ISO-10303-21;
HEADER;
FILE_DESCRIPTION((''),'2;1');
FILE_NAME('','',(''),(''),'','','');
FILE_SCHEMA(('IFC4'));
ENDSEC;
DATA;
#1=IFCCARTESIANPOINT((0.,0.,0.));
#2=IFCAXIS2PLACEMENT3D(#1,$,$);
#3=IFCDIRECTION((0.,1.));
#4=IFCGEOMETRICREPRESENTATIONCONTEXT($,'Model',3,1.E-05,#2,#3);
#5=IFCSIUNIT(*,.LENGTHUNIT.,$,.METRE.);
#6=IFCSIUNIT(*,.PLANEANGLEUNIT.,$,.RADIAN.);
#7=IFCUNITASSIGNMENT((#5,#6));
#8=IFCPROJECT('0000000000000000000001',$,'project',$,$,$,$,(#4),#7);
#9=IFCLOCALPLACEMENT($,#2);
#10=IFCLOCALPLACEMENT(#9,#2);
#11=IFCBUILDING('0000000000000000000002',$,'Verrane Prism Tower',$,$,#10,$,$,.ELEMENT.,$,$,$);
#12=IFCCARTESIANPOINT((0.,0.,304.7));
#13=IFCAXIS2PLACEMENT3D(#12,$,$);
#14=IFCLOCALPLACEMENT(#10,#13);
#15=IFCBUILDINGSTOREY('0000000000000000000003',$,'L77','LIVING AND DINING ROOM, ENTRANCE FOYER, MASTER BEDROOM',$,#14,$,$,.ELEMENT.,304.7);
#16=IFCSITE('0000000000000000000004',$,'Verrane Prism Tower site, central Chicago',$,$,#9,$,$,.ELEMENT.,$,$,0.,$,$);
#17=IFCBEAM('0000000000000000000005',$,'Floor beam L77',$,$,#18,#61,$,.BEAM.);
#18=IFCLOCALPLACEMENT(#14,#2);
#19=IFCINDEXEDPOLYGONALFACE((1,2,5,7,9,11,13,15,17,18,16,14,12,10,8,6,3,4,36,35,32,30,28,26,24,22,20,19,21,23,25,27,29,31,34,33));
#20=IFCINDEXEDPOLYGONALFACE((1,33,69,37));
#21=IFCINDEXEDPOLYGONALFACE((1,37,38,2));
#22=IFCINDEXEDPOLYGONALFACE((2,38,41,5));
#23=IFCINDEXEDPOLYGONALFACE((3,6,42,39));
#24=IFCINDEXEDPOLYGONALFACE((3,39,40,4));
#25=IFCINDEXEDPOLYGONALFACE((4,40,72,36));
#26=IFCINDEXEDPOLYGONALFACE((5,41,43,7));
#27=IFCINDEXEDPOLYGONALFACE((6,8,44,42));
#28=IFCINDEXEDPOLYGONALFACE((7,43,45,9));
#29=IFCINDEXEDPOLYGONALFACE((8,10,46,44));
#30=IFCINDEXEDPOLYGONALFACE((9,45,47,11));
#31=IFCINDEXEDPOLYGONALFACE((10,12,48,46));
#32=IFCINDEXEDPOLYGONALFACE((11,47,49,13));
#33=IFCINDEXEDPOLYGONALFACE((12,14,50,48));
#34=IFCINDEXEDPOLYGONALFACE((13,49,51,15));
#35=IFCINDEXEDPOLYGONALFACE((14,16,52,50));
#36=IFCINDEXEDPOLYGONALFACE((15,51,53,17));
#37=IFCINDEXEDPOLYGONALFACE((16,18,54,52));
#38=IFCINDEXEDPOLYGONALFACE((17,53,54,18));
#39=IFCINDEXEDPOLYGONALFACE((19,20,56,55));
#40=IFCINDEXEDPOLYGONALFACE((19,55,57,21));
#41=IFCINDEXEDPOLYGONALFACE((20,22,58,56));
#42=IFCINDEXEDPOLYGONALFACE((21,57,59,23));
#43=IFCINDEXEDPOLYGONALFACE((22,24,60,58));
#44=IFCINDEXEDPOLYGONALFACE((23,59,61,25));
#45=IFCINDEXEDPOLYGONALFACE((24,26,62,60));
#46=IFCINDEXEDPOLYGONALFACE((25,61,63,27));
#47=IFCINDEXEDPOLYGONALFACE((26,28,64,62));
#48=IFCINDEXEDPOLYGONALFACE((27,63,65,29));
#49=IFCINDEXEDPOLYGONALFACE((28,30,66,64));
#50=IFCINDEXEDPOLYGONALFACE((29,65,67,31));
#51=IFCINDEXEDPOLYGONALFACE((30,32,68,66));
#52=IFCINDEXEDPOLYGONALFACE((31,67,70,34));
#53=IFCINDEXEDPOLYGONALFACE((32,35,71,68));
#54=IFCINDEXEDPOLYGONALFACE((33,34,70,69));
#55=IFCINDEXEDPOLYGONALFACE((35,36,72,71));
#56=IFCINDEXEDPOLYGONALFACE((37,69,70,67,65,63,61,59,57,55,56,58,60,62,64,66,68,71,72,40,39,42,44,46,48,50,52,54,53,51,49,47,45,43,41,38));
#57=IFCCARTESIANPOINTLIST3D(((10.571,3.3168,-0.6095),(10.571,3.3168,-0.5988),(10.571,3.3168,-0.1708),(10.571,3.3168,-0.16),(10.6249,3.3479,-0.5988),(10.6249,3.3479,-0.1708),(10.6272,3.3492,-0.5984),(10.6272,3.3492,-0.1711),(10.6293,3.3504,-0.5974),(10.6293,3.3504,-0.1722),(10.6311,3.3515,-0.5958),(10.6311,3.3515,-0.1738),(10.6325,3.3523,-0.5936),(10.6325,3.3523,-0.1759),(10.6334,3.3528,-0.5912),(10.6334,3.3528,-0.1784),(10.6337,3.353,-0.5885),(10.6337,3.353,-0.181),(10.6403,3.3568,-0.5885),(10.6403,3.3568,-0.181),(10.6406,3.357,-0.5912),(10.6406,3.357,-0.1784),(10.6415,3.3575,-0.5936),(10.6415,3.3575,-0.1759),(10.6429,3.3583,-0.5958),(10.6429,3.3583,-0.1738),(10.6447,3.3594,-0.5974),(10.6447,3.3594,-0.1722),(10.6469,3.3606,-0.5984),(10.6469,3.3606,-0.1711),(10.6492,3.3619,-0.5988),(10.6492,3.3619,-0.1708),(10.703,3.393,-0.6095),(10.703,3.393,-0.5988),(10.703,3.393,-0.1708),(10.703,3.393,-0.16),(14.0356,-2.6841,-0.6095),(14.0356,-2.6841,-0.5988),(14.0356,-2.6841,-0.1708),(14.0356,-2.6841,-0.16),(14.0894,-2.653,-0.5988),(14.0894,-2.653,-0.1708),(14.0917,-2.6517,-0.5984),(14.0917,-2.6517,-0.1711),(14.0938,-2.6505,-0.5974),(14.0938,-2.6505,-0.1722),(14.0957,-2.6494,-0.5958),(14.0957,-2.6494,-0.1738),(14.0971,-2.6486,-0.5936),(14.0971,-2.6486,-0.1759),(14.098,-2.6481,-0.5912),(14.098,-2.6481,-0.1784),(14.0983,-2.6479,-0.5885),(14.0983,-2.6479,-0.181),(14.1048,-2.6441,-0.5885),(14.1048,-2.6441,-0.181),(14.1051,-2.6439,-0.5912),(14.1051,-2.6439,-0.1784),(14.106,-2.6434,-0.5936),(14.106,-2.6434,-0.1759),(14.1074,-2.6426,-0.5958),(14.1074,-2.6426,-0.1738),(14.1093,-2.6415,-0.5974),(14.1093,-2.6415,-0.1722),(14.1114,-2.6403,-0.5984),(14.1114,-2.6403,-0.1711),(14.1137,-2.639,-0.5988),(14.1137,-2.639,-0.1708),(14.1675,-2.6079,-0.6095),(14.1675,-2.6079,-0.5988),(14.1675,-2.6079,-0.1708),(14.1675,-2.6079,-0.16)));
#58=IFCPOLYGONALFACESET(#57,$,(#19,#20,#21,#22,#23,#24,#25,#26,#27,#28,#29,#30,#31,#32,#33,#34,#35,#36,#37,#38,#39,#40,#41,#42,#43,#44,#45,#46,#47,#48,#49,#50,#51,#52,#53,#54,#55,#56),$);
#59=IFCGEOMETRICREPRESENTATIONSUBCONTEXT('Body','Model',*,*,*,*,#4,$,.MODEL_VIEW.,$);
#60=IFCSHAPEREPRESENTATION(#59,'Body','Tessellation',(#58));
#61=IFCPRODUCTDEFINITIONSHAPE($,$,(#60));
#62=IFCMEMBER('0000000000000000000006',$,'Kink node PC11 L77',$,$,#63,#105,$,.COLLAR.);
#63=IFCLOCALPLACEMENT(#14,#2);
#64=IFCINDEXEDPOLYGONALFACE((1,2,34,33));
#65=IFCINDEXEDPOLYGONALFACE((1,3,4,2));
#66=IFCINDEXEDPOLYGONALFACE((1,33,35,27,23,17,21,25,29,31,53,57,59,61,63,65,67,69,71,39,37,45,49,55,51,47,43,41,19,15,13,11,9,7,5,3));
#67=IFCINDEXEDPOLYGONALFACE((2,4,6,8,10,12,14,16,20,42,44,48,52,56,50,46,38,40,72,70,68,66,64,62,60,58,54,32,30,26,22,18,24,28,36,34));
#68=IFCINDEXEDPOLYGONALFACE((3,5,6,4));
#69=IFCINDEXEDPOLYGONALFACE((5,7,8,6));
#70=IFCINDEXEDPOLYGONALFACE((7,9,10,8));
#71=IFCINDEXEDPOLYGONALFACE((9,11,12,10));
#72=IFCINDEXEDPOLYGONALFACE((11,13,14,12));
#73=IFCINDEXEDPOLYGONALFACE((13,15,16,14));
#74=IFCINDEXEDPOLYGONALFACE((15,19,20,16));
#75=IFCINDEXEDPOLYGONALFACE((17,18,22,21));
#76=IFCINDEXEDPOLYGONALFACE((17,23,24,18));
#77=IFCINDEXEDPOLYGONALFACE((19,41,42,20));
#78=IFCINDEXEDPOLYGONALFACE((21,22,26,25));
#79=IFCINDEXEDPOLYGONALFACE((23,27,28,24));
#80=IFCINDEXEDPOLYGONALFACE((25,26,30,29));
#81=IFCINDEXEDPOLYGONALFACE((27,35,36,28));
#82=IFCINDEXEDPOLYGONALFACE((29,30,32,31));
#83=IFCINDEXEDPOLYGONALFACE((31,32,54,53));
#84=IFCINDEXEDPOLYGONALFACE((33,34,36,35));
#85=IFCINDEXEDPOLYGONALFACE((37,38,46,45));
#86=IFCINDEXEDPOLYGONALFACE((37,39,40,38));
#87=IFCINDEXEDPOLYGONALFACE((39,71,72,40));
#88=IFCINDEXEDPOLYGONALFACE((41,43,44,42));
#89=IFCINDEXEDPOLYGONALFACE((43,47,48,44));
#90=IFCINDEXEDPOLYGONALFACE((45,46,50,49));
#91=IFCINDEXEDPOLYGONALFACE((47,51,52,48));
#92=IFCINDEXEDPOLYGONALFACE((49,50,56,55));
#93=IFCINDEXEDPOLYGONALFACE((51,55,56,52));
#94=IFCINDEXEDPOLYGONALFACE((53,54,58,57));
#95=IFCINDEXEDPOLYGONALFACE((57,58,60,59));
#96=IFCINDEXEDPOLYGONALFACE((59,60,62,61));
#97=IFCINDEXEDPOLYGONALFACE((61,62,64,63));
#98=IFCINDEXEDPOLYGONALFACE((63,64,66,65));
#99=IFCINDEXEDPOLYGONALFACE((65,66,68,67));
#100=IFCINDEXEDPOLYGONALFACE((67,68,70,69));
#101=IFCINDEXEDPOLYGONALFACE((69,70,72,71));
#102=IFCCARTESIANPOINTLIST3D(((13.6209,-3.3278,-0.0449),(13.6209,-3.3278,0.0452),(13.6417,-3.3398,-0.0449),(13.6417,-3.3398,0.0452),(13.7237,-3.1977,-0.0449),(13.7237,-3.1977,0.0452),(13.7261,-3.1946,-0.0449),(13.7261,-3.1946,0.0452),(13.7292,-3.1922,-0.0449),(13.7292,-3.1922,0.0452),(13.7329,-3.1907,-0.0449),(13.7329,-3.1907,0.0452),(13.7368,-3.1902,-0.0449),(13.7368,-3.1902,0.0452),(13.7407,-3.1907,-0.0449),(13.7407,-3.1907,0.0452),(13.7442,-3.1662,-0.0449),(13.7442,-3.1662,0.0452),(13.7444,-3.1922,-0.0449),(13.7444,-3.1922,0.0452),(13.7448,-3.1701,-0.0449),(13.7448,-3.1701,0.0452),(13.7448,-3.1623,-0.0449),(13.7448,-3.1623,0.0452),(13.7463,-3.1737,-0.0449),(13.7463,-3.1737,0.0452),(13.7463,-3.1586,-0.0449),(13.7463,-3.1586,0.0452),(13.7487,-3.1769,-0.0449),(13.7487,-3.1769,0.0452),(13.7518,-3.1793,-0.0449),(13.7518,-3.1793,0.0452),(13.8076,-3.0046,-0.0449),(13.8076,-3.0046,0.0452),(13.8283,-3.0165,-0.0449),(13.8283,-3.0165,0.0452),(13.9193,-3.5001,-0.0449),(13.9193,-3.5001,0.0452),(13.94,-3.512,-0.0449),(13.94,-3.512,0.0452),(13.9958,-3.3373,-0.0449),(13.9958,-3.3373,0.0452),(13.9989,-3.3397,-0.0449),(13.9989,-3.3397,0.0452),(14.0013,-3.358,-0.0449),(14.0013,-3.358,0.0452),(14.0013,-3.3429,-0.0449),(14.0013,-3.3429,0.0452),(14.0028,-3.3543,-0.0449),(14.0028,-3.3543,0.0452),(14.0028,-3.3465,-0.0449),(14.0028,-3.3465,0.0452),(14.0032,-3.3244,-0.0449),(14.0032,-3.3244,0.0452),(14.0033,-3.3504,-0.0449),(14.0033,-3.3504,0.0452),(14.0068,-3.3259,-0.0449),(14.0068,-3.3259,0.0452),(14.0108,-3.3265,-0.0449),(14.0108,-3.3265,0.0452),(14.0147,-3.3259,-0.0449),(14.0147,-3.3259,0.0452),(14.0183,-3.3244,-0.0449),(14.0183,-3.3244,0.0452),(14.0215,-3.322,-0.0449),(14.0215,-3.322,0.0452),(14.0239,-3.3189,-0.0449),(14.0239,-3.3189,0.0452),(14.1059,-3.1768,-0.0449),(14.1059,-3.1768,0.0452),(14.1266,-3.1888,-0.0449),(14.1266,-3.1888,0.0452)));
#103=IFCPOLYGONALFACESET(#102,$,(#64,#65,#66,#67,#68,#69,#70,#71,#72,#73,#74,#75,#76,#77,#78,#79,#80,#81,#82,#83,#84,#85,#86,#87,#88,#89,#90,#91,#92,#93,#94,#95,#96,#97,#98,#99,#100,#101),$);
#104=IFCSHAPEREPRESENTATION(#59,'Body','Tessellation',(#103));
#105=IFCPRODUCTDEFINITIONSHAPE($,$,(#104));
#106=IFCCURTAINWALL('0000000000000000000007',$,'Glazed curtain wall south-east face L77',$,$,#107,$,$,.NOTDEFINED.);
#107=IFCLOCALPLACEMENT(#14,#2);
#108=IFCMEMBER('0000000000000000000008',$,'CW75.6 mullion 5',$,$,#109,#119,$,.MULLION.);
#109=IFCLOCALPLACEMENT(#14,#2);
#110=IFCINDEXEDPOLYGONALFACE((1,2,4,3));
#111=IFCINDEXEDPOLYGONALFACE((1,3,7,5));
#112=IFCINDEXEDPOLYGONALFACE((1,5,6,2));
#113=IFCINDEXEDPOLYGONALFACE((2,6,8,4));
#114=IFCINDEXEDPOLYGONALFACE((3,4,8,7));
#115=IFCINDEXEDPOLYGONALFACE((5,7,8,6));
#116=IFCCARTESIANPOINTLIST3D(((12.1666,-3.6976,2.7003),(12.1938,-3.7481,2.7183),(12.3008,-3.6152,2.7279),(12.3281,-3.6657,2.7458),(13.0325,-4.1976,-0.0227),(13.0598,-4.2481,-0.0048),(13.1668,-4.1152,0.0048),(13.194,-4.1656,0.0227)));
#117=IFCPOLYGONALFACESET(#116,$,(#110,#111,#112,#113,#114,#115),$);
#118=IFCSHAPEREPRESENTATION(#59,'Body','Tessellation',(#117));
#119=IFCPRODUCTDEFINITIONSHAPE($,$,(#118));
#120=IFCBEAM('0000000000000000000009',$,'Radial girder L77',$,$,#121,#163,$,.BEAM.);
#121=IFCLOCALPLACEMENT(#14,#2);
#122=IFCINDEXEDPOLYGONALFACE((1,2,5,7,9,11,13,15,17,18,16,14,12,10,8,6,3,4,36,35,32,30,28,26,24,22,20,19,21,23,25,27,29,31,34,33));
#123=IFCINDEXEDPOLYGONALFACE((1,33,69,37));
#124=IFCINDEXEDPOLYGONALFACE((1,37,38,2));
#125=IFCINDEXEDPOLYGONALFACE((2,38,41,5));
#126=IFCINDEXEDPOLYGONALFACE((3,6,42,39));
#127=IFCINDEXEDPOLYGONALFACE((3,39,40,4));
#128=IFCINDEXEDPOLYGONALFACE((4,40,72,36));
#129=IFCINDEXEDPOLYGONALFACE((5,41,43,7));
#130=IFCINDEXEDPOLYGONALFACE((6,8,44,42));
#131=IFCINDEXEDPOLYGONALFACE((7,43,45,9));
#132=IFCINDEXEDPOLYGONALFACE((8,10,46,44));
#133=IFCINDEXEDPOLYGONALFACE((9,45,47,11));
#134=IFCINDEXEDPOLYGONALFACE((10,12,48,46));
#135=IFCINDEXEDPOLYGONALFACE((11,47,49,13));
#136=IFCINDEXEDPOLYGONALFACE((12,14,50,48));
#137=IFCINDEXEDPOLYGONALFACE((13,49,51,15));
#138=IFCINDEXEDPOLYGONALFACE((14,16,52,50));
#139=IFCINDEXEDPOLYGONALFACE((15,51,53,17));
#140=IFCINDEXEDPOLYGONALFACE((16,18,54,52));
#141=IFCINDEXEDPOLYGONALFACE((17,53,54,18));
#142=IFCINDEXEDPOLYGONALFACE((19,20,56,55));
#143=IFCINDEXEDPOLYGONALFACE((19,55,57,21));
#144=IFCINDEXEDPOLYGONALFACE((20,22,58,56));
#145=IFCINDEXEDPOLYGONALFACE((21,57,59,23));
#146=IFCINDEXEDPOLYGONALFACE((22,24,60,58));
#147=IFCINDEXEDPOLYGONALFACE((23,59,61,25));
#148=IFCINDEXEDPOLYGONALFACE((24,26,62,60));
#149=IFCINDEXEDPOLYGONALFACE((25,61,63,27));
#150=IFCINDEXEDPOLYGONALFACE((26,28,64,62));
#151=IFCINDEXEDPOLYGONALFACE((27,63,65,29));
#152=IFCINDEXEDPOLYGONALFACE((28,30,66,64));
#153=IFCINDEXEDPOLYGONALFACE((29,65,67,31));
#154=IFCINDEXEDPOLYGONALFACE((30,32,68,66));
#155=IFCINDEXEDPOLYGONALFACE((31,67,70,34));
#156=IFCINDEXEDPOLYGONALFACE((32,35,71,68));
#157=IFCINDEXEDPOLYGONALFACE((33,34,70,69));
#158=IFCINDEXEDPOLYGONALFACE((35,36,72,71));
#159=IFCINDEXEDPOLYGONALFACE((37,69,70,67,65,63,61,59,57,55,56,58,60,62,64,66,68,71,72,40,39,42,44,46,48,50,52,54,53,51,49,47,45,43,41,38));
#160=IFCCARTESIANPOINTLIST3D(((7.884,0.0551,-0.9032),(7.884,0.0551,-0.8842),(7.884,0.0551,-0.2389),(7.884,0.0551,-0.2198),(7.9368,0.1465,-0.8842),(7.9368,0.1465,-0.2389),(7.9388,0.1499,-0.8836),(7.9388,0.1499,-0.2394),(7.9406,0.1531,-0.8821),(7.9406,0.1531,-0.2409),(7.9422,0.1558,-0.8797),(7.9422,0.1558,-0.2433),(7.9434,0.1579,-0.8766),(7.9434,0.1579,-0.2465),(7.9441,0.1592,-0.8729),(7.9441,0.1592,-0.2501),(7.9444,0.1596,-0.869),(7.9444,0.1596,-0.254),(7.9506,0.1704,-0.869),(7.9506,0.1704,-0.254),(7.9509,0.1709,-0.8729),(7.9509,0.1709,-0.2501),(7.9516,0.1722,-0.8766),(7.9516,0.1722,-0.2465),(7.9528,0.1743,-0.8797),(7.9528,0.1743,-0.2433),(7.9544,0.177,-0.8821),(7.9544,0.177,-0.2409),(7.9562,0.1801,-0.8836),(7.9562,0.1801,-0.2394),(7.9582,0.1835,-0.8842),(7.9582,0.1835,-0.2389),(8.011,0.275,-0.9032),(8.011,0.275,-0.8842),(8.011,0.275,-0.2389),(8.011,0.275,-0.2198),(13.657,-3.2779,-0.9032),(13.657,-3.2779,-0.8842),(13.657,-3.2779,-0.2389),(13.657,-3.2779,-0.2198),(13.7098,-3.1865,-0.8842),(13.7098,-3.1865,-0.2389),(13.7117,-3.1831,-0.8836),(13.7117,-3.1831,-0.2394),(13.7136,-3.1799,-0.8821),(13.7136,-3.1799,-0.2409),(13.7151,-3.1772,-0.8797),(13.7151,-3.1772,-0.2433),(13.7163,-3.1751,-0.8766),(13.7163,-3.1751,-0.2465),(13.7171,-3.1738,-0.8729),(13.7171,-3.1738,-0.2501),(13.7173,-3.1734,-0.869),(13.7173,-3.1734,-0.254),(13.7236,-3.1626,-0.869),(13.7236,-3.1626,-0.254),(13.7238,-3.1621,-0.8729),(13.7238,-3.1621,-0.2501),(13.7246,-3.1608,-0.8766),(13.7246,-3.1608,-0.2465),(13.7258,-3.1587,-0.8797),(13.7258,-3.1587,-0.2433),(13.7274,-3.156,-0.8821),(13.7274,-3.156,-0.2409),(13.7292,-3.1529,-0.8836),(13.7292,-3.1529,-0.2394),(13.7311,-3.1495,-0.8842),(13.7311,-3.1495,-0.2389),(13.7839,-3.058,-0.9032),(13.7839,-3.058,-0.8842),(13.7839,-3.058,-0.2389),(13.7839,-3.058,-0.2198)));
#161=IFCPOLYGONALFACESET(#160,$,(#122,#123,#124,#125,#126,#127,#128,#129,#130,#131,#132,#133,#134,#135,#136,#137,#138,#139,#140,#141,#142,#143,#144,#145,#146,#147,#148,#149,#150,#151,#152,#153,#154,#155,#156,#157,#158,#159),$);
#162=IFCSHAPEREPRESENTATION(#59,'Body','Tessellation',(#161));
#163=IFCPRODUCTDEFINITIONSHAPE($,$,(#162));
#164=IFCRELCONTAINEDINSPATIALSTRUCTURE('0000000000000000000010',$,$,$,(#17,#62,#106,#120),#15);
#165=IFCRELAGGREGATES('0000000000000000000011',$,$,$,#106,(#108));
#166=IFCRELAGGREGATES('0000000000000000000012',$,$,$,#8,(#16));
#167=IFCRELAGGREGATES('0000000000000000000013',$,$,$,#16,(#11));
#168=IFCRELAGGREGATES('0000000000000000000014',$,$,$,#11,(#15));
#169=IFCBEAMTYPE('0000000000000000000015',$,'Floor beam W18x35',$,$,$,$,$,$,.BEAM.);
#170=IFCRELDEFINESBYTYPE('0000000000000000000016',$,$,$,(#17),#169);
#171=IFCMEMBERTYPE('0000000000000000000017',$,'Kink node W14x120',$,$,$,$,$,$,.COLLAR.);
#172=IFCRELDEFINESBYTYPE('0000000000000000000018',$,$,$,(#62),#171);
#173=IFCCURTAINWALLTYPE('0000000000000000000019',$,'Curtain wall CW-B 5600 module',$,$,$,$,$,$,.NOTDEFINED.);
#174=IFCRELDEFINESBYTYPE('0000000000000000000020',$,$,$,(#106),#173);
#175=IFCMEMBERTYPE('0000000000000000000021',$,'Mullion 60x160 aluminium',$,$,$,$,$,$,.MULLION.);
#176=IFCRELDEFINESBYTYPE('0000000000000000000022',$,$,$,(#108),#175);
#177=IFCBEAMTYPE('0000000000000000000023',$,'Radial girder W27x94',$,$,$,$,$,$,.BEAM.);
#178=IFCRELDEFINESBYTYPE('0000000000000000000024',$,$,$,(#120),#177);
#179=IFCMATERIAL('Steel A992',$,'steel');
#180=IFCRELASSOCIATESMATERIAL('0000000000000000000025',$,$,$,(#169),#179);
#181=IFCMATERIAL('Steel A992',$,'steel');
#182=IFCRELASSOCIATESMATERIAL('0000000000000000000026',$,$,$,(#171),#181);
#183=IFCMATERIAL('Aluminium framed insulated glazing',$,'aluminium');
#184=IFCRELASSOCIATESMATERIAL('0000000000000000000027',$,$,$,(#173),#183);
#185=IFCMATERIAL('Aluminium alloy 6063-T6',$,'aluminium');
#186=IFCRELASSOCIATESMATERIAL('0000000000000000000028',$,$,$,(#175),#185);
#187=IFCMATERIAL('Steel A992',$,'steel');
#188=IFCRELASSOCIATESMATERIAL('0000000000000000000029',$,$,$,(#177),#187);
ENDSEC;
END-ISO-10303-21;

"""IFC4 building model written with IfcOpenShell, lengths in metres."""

from ifc_helpers import new_model, si_unit, direction, frame, origin, origin_2d, place, context, subcontext, project, spatial, rectangle, i_section, extrude, material, material_profile, profile_set, type_object, element, aggregate, save


model = new_model("IFC4")

# Units and contexts
model_context = context("Model", 3, precision=1e-05, world=origin(), true_north=direction((0.0, 1.0)))
body_context = subcontext(model_context, "Body", "Model", "MODEL_VIEW")
ifc_project = project(units=[si_unit("LENGTHUNIT", "METRE"), si_unit("PLANEANGLEUNIT", "RADIAN")], contexts=[model_context])

# Site, building, storey
site_placement = place(None, origin())
site = spatial("IfcSite", under=ifc_project, at=site_placement, Name="Verrane Prism Tower site, central Chicago", CompositionType="ELEMENT", RefElevation=0.0)
building_placement = place(site_placement, origin())
building = spatial("IfcBuilding", under=site, at=building_placement, Name="Verrane Prism Tower", CompositionType="ELEMENT")
storey_placement = place(building_placement, frame((0.0, 0.0, 304.7)))
storey = spatial("IfcBuildingStorey", under=building, at=storey_placement, Name="L77", Description="LIVING AND DINING ROOM, ENTRANCE FOYER, MASTER BEDROOM", CompositionType="ELEMENT", Elevation=304.7)

# Beam
ifc_material_1 = material(Name="Steel A992", Category="steel")
ifc_material_profile_1 = material_profile(ifc_material_1, i_section(OverallWidth=0.1523, OverallDepth=0.4495, WebThickness=0.0076, FlangeThickness=0.0107, FilletRadius=0.0103, at=origin_2d()), Name="W18x35")
ifc_profile_set_1 = profile_set([ifc_material_profile_1], Name="Steel A992")
beam_type_1 = type_object("IfcBeamType", Name="Floor beam W18x35", PredefinedType="BEAM", material=ifc_profile_set_1)
beam_1_placement = place(storey_placement, frame((14.1016, -2.646, -0.3848), z_axis=(-0.499993, 0.86603, 0.0), x_axis=(-0.86603, -0.499993, 0.0)))
element("IfcBeam", 1, at=beam_1_placement, inside=storey, type_object=beam_type_1, Name="Floor beam L77", PredefinedType="BEAM", context=body_context, shape_type="SweptSolid", body=[
    extrude(i_section(OverallWidth=0.1523, OverallDepth=0.4495, WebThickness=0.0076, FlangeThickness=0.0107, FilletRadius=0.0103, at=origin_2d()), origin(), (0.0, 0.0, 1.0), 6.9292),
])

# Member
ifc_material_2 = material(Name="Steel A992", Category="steel")
ifc_material_profile_2 = material_profile(ifc_material_2, i_section(OverallWidth=0.3733, OverallDepth=0.3684, WebThickness=0.0149, FlangeThickness=0.0239, FilletRadius=0.0151, at=origin_2d()), Name="W14x120")
ifc_profile_set_2 = profile_set([ifc_material_profile_2], Name="Steel A992")
member_type_1 = type_object("IfcMemberType", Name="Kink node W14x120", PredefinedType="COLLAR", material=ifc_profile_set_2)
member_1_placement = place(storey_placement, frame((13.8738, -3.2583, -0.0449), z_axis=(0.0, 0.0, 1.0), x_axis=(-0.5, -0.866025, 0.0)))
element("IfcMember", 2, at=member_1_placement, inside=storey, type_object=member_type_1, Name="Kink node PC11 L77", PredefinedType="COLLAR", context=body_context, shape_type="SweptSolid", body=[
    extrude(i_section(OverallWidth=0.3733, OverallDepth=0.3684, WebThickness=0.0149, FlangeThickness=0.0239, FilletRadius=0.0151, at=origin_2d()), origin(), (0.0, 0.0, 1.0), 0.0901),
])

# Curtain wall, member
ifc_material_3 = material(Name="Aluminium framed insulated glazing", Category="aluminium")
curtain_wall_type = type_object("IfcCurtainWallType", Name="Curtain wall CW-B 5600 module", PredefinedType="NOTDEFINED", material=ifc_material_3)
curtain_wall_placement = place(storey_placement, origin())
curtain_wall = element("IfcCurtainWall", 3, at=curtain_wall_placement, inside=storey, type_object=curtain_wall_type, Name="Glazed curtain wall south-east face L77", PredefinedType="NOTDEFINED")
ifc_material_4 = material(Name="Aluminium alloy 6063-T6", Category="aluminium")
ifc_material_profile_3 = material_profile(ifc_material_4, rectangle(XDim=0.1599, YDim=0.0601, at=origin_2d()), Name="Mullion 60x160 aluminium")
ifc_profile_set_3 = profile_set([ifc_material_profile_3], Name="Aluminium alloy 6063-T6")
member_type_2 = type_object("IfcMemberType", Name="Mullion 60x160 aluminium", PredefinedType="MULLION", material=ifc_profile_set_3)
member_2_placement = place(storey_placement, frame((13.1133, -4.1816, 0.0), z_axis=(-0.298513, 0.172358, 0.938713), x_axis=(0.839503, 0.515296, 0.17235)))
member_2 = element("IfcMember", 4, at=member_2_placement, type_object=member_type_2, Name="CW75.6 mullion 5", PredefinedType="MULLION", context=body_context, shape_type="SweptSolid", body=[
    extrude(rectangle(XDim=0.1599, YDim=0.0601, at=origin_2d()), origin(), (0.0, 0.0, 1.0), 2.9009),
])

# Beam
ifc_material_5 = material(Name="Steel A992", Category="steel")
ifc_material_profile_4 = material_profile(ifc_material_5, i_section(OverallWidth=0.2539, OverallDepth=0.6833, WebThickness=0.0125, FlangeThickness=0.019, FilletRadius=0.0151, at=origin_2d()), Name="W27x94")
ifc_profile_set_4 = profile_set([ifc_material_profile_4], Name="Steel A992")
beam_type_2 = type_object("IfcBeamType", Name="Radial girder W27x94", PredefinedType="BEAM", material=ifc_profile_set_4)
beam_2_placement = place(storey_placement, frame((13.7205, -3.168, -0.5615), z_axis=(-0.866026, 0.499999, 0.0), x_axis=(-0.499999, -0.866026, 0.0)))
element("IfcBeam", 5, at=beam_2_placement, inside=storey, type_object=beam_type_2, Name="Radial girder L77", PredefinedType="BEAM", context=body_context, shape_type="SweptSolid", body=[
    extrude(i_section(OverallWidth=0.2539, OverallDepth=0.6833, WebThickness=0.0125, FlangeThickness=0.019, FilletRadius=0.0151, at=origin_2d()), origin(), (0.0, 0.0, 1.0), 6.666),
])

aggregate(curtain_wall, [member_2])

save(model, "model.ifc")
